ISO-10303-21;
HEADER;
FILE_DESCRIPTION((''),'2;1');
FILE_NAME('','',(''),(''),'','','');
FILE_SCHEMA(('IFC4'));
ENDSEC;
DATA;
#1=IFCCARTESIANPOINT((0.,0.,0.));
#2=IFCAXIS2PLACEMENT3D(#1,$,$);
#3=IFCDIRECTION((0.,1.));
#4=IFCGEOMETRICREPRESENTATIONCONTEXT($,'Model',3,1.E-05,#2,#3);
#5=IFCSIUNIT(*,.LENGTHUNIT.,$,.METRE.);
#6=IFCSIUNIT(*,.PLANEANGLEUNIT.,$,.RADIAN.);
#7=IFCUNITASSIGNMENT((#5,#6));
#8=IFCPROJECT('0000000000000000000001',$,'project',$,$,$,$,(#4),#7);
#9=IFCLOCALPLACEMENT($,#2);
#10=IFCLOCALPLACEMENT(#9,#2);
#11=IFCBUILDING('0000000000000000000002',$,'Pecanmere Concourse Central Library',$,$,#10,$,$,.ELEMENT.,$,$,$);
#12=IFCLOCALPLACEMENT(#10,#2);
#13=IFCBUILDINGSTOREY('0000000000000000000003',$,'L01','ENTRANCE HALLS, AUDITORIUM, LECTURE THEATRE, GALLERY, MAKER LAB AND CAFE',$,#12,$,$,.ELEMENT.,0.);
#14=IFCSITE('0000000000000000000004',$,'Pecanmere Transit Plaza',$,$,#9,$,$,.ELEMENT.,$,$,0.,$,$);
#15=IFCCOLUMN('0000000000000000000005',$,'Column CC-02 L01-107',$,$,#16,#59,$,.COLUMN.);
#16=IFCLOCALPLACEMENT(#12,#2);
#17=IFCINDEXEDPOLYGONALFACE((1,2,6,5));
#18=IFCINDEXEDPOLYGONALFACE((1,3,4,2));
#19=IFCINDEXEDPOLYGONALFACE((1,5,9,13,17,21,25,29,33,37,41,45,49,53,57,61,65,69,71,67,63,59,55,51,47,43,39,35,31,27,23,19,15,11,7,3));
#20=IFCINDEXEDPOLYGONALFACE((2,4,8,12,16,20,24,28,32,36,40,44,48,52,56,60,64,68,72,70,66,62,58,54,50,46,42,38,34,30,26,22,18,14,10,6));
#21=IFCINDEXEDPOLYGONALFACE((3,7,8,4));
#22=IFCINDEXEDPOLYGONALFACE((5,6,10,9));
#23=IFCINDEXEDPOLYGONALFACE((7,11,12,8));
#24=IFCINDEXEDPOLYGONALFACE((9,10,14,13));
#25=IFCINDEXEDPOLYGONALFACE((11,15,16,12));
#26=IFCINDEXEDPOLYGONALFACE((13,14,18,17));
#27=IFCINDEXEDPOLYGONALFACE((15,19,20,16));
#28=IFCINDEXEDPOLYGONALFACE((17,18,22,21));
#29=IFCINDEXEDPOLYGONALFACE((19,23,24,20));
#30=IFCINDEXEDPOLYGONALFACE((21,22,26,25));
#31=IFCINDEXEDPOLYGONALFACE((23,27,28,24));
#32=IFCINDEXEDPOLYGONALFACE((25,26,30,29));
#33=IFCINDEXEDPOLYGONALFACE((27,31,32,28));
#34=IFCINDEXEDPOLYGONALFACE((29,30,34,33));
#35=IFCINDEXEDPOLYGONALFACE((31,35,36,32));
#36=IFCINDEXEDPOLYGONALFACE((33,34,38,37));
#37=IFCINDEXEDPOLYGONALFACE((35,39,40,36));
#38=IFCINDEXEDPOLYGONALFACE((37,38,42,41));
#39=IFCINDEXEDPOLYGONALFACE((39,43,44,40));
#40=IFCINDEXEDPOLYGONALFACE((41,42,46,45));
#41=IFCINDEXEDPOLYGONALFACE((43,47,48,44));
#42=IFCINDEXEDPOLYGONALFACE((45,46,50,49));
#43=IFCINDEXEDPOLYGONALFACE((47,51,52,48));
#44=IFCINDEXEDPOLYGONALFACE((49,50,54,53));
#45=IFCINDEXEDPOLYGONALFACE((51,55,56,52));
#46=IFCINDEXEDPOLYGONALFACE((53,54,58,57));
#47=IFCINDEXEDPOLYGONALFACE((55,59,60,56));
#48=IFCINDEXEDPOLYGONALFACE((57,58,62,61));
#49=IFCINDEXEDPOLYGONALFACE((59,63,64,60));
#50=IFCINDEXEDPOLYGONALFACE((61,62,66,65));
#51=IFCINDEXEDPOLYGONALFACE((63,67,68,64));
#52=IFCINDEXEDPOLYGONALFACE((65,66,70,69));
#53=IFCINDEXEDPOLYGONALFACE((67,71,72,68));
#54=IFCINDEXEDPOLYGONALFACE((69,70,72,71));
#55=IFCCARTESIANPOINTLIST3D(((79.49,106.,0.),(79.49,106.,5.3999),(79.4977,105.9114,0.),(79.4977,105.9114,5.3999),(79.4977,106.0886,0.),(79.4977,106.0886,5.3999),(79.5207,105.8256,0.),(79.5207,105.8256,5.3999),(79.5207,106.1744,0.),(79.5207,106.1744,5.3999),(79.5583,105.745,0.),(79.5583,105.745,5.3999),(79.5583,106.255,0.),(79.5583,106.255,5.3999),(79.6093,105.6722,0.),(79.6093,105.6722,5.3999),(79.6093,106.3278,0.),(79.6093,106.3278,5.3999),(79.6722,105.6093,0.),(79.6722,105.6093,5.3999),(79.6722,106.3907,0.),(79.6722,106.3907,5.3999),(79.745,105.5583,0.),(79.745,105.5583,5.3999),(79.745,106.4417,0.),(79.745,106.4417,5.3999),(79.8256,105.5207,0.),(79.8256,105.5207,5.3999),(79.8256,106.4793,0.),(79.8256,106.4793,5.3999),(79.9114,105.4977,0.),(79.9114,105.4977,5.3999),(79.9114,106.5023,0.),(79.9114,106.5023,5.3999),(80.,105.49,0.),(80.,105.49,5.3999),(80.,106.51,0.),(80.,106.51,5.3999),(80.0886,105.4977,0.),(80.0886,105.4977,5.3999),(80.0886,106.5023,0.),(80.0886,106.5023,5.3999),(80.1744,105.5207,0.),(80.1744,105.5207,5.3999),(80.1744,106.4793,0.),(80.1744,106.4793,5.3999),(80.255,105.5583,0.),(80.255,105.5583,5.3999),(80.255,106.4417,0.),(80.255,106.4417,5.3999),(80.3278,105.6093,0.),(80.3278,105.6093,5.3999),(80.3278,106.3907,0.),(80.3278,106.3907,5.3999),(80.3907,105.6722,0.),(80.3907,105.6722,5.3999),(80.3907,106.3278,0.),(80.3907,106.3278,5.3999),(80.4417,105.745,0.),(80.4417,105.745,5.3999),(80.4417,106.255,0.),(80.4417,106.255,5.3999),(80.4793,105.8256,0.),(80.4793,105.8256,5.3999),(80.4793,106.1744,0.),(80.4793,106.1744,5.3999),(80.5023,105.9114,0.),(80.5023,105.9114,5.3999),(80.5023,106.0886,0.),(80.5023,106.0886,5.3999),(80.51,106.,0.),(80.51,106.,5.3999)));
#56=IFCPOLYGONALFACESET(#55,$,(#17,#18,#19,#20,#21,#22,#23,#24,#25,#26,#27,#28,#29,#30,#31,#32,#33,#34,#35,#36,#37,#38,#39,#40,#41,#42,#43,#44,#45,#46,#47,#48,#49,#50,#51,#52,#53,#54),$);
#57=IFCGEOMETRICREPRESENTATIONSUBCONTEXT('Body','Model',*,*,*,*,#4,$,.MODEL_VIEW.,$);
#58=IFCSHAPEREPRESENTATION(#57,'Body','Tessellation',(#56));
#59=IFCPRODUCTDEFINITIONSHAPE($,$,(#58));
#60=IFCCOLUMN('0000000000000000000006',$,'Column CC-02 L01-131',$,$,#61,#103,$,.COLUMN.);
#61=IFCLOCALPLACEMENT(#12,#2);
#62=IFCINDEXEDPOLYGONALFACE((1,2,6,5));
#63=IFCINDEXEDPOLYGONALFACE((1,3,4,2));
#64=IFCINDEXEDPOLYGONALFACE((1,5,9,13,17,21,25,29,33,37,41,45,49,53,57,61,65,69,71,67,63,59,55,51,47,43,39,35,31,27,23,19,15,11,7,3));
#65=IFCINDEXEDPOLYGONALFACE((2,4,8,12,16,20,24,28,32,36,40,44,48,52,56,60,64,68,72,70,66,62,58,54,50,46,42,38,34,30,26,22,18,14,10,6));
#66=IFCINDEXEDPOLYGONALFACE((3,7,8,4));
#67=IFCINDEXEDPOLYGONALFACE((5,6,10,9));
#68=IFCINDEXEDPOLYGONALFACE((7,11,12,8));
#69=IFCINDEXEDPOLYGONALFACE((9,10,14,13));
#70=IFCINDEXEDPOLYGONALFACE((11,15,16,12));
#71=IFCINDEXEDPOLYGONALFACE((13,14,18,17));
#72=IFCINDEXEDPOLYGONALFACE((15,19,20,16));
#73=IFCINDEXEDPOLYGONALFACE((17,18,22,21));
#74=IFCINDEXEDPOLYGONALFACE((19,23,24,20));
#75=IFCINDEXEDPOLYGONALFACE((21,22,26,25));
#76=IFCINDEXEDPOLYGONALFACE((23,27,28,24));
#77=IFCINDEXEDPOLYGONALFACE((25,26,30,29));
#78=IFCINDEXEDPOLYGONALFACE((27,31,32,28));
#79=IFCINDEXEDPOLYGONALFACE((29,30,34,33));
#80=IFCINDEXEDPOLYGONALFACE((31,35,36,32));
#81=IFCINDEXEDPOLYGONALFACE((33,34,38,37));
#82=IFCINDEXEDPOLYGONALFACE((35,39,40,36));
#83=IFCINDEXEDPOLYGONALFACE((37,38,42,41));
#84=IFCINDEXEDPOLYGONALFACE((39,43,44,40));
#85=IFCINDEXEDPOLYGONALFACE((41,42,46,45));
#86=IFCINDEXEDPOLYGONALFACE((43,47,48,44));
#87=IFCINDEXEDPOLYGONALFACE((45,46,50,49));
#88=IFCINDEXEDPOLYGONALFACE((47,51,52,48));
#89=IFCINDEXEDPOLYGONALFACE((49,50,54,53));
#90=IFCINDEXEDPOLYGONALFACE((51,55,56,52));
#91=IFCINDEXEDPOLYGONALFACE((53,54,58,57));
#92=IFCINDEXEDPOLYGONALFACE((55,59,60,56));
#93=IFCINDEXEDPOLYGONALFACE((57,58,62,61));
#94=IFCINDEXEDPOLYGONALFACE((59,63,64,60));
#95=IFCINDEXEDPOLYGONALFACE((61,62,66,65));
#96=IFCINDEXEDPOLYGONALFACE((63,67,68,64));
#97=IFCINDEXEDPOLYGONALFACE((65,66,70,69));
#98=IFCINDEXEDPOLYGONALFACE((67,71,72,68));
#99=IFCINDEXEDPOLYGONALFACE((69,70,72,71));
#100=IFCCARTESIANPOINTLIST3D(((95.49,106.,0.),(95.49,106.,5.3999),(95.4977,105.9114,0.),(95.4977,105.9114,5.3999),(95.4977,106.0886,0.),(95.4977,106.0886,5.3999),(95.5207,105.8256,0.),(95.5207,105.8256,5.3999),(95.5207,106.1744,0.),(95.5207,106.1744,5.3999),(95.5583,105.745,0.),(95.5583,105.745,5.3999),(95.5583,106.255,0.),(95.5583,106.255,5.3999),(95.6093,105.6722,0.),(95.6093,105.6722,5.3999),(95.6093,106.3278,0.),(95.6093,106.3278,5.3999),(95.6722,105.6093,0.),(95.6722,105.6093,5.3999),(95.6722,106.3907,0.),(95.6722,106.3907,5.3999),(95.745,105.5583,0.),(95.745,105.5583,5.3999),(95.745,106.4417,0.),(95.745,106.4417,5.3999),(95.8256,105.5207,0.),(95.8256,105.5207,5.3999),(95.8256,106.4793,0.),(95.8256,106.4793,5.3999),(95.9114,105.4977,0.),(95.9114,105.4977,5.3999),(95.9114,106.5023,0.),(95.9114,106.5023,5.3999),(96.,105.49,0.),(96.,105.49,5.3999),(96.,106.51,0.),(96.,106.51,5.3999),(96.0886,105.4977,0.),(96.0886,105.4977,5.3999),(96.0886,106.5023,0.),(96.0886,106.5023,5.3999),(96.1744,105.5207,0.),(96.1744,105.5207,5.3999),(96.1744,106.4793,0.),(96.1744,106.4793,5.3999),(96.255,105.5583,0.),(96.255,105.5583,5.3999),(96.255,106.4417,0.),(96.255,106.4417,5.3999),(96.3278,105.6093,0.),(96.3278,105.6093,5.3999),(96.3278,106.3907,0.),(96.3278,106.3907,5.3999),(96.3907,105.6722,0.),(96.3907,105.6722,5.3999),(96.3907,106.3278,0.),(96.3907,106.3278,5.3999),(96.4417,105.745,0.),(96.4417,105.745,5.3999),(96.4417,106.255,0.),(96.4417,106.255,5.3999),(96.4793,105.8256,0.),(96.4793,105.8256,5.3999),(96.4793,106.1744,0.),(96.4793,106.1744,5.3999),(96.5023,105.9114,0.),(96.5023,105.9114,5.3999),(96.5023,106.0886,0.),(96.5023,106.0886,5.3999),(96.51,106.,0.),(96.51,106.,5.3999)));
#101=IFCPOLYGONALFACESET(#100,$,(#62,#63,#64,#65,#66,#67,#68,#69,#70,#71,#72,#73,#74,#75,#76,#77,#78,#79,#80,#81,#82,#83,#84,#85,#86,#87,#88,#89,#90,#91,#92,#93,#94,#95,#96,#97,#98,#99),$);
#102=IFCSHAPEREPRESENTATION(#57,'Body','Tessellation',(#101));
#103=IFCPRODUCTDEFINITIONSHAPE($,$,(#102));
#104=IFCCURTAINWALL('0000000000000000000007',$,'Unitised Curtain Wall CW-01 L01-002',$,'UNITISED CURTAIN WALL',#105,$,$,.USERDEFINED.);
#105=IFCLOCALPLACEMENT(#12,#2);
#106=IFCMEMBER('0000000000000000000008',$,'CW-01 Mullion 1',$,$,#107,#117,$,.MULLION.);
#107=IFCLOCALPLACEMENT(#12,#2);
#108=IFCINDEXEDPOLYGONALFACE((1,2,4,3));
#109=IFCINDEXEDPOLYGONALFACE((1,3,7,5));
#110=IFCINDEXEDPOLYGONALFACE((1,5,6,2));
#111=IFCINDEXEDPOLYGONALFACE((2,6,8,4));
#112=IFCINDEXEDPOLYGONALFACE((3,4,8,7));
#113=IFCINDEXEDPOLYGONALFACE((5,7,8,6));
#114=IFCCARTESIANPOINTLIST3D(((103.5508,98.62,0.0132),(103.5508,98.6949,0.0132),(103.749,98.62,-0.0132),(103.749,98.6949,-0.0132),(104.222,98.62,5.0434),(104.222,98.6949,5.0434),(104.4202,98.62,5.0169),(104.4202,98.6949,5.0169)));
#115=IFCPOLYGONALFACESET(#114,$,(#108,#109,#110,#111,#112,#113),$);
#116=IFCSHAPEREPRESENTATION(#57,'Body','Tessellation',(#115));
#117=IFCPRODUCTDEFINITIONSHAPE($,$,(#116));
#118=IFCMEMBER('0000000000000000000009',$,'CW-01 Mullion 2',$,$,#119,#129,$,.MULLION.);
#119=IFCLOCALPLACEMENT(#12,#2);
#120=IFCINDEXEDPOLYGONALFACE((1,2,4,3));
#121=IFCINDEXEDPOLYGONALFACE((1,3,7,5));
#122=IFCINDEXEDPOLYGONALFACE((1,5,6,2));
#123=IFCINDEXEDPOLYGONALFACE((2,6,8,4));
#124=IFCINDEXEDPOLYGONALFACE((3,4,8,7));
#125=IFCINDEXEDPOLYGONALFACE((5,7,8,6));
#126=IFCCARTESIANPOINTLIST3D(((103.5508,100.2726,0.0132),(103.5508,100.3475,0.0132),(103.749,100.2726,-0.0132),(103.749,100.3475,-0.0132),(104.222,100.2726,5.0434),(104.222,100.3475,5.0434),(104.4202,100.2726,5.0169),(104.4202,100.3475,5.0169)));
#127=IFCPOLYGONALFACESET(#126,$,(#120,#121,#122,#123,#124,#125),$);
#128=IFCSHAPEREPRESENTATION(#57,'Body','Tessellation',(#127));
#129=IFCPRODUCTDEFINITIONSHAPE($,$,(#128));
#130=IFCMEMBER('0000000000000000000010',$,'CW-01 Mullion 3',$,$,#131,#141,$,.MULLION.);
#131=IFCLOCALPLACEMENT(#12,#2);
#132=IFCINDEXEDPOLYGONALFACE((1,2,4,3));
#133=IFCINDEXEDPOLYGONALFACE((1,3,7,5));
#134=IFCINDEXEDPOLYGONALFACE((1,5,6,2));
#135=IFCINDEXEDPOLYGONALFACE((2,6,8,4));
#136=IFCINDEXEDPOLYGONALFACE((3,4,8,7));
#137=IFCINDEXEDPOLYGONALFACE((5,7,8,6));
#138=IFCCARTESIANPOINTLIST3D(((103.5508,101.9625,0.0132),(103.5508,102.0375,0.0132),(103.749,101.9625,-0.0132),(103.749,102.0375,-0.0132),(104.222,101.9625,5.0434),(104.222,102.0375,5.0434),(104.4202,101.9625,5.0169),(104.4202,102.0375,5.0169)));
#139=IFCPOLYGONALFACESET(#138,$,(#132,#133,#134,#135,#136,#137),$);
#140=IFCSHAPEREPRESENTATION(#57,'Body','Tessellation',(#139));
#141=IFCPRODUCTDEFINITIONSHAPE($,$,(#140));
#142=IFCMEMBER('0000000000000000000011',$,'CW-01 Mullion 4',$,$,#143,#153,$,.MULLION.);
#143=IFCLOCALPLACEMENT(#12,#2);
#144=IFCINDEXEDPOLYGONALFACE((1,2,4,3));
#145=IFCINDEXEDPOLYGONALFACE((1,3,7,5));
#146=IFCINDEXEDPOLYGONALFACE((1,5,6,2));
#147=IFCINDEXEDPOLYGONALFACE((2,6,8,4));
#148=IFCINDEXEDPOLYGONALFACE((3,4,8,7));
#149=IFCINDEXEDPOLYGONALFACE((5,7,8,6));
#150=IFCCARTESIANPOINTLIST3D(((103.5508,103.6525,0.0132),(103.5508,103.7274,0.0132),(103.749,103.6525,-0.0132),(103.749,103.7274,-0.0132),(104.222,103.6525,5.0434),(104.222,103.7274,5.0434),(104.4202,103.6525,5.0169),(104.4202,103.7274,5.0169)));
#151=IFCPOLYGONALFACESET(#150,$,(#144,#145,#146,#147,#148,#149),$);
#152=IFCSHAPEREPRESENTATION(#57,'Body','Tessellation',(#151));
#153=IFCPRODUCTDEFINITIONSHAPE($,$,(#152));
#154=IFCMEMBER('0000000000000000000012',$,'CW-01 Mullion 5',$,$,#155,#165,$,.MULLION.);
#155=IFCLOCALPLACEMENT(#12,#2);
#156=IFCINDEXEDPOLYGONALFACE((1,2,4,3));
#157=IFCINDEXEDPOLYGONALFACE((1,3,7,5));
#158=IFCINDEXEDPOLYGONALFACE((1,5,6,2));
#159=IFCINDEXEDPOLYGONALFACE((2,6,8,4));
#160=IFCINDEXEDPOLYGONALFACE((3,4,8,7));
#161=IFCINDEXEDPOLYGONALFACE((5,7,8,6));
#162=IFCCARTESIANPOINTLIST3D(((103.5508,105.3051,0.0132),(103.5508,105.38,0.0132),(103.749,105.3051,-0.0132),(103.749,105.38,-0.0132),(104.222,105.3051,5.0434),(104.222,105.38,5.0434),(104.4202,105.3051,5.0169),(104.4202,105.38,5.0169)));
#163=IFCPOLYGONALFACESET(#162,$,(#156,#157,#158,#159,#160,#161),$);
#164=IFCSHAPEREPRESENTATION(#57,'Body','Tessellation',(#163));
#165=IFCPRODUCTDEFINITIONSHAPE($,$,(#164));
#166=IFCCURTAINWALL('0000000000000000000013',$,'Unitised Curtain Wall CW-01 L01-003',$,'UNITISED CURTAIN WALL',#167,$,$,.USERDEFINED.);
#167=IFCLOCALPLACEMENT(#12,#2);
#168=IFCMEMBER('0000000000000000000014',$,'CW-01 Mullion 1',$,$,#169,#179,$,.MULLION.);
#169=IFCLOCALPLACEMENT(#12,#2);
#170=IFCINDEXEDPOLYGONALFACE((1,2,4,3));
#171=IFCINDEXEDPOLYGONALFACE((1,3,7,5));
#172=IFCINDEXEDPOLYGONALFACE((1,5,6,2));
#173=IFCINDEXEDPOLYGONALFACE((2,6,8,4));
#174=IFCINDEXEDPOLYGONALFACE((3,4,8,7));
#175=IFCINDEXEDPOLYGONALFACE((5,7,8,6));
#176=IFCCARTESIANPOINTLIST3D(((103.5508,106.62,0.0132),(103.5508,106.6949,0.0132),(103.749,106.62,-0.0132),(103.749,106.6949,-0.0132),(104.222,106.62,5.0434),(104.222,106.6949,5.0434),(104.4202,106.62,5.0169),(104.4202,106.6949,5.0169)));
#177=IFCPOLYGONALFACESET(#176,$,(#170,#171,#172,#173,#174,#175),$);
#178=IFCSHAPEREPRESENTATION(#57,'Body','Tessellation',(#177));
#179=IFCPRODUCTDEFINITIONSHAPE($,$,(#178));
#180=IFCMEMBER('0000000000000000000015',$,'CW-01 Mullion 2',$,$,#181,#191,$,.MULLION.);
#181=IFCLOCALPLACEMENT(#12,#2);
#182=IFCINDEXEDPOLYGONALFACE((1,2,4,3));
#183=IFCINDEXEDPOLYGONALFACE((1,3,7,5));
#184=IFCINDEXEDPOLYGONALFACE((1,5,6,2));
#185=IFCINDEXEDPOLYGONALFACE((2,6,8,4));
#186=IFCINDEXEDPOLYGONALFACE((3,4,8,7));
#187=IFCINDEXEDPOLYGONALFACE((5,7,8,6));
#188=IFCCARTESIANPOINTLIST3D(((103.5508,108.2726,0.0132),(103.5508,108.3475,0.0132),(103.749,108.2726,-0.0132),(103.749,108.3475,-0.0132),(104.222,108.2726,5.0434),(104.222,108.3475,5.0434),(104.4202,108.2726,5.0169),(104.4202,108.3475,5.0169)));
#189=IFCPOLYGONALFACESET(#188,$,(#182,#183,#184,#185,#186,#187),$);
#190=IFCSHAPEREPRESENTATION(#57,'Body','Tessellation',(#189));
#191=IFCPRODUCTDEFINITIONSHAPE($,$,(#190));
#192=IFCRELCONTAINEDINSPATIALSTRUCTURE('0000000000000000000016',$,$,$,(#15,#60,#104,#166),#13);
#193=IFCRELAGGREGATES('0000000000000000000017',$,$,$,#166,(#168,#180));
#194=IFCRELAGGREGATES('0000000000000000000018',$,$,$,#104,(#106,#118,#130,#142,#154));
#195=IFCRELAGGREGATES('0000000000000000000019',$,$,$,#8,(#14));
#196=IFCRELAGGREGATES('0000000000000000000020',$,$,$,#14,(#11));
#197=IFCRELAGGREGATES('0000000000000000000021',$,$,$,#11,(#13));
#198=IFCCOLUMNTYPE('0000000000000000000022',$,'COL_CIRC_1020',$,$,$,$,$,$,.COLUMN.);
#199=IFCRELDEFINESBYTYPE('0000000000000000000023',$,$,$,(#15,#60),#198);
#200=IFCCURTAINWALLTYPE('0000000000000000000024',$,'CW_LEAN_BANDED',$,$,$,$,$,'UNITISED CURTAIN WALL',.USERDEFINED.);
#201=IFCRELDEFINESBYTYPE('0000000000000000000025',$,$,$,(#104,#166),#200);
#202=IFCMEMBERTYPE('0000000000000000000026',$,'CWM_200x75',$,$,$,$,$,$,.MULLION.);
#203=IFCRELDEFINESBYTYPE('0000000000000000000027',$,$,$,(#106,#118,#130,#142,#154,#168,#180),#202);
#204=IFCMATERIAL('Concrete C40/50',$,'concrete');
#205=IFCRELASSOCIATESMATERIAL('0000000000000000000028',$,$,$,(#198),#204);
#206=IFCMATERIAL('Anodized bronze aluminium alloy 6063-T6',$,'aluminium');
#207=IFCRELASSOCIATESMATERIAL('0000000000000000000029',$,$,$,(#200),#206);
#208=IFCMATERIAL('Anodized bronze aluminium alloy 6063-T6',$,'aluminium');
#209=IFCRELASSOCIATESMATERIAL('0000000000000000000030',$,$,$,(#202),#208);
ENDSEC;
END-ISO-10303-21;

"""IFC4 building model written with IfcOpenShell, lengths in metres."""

from ifc_helpers import new_model, si_unit, direction, frame, origin, origin_2d, place, context, subcontext, project, spatial, rectangle, circle, extrude, material, material_profile, profile_set, type_object, element, aggregate, save


model = new_model("IFC4")

# Units and contexts
model_context = context("Model", 3, precision=1e-05, world=origin(), true_north=direction((0.0, 1.0)))
body_context = subcontext(model_context, "Body", "Model", "MODEL_VIEW")
ifc_project = project(units=[si_unit("LENGTHUNIT", "METRE"), si_unit("PLANEANGLEUNIT", "RADIAN")], contexts=[model_context])

# Site, building, storey
site_placement = place(None, origin())
site = spatial("IfcSite", under=ifc_project, at=site_placement, Name="Pecanmere Transit Plaza", CompositionType="ELEMENT", RefElevation=0.0)
building_placement = place(site_placement, origin())
building = spatial("IfcBuilding", under=site, at=building_placement, Name="Pecanmere Concourse Central Library", CompositionType="ELEMENT")
storey_placement = place(building_placement, origin())
storey = spatial("IfcBuildingStorey", under=building, at=storey_placement, Name="L01", Description="ENTRANCE HALLS, AUDITORIUM, LECTURE THEATRE, GALLERY, MAKER LAB AND CAFE", CompositionType="ELEMENT", Elevation=0.0)

# Columns
ifc_material_1 = material(Name="Concrete C40/50", Category="concrete")
ifc_material_profile_1 = material_profile(ifc_material_1, circle(Radius=0.51, at=origin_2d()), Name="RC D1020")
ifc_profile_set_1 = profile_set([ifc_material_profile_1], Name="Concrete C40/50")
column_type = type_object("IfcColumnType", Name="COL_CIRC_1020", PredefinedType="COLUMN", material=ifc_profile_set_1)
for number, where, z_axis, x_axis, name in (
    (1, (80.0, 106.0, 0.0), (0.0, 0.0, 1.0), (1.0, 0.0, 0.0), "Column CC-02 L01-107"),
    (2, (96.0, 106.0, 0.0), (0.0, 0.0, 1.0), (1.0, 0.0, 0.0), "Column CC-02 L01-131"),
):
    element("IfcColumn", number, at=place(storey_placement, frame(where, z_axis=z_axis, x_axis=x_axis)), inside=storey, type_object=column_type, Name=name, PredefinedType="COLUMN", context=body_context, shape_type="SweptSolid", body=[
        extrude(circle(Radius=0.51, at=origin_2d()), origin(), (0.0, 0.0, 1.0), 5.3999),
    ])

# Curtain walls, members
ifc_material_2 = material(Name="Anodized bronze aluminium alloy 6063-T6", Category="aluminium")
curtain_wall_type = type_object("IfcCurtainWallType", Name="CW_LEAN_BANDED", ElementType="UNITISED CURTAIN WALL", PredefinedType="USERDEFINED", material=ifc_material_2)
curtain_wall_1_placement = place(storey_placement, origin())
curtain_wall_1 = element("IfcCurtainWall", 3, at=curtain_wall_1_placement, inside=storey, type_object=curtain_wall_type, Name="Unitised Curtain Wall CW-01 L01-002", ObjectType="UNITISED CURTAIN WALL", PredefinedType="USERDEFINED")
ifc_material_3 = material(Name="Anodized bronze aluminium alloy 6063-T6", Category="aluminium")
ifc_material_profile_2 = material_profile(ifc_material_3, rectangle(XDim=0.075, YDim=0.2, at=origin_2d()), Name="AL 75x200")
ifc_profile_set_2 = profile_set([ifc_material_profile_2], Name="Anodized bronze aluminium alloy 6063-T6")
member_type_1 = type_object("IfcMemberType", Name="CWM_200x75", PredefinedType="MULLION", material=ifc_profile_set_2)
member_1_placement = place(storey_placement, frame((103.6499, 98.6575, 0.0), z_axis=(0.132255, 0.0, 0.991216), x_axis=(0.0, 1.0, 0.0)))
member_1 = element("IfcMember", 4, at=member_1_placement, type_object=member_type_1, Name="CW-01 Mullion 1", PredefinedType="MULLION", context=body_context, shape_type="SweptSolid", body=[
    extrude(rectangle(XDim=0.075, YDim=0.2, at=origin_2d()), origin(), (0.0, 0.0, 1.0), 5.0747),
])
member_2_placement = place(storey_placement, frame((103.6499, 100.3101, 0.0), z_axis=(0.132255, 0.0, 0.991216), x_axis=(0.0, 1.0, 0.0)))
member_2 = element("IfcMember", 5, at=member_2_placement, type_object=member_type_1, Name="CW-01 Mullion 2", PredefinedType="MULLION", context=body_context, shape_type="SweptSolid", body=[
    extrude(rectangle(XDim=0.075, YDim=0.2, at=origin_2d()), origin(), (0.0, 0.0, 1.0), 5.0747),
])
member_3_placement = place(storey_placement, frame((103.6499, 102.0, 0.0), z_axis=(0.132255, 0.0, 0.991216), x_axis=(0.0, 1.0, 0.0)))
member_3 = element("IfcMember", 6, at=member_3_placement, type_object=member_type_1, Name="CW-01 Mullion 3", PredefinedType="MULLION", context=body_context, shape_type="SweptSolid", body=[
    extrude(rectangle(XDim=0.075, YDim=0.2, at=origin_2d()), origin(), (0.0, 0.0, 1.0), 5.0747),
])
member_4_placement = place(storey_placement, frame((103.6499, 103.6899, 0.0), z_axis=(0.132255, 0.0, 0.991216), x_axis=(0.0, 1.0, 0.0)))
member_4 = element("IfcMember", 7, at=member_4_placement, type_object=member_type_1, Name="CW-01 Mullion 4", PredefinedType="MULLION", context=body_context, shape_type="SweptSolid", body=[
    extrude(rectangle(XDim=0.075, YDim=0.2, at=origin_2d()), origin(), (0.0, 0.0, 1.0), 5.0747),
])
member_5_placement = place(storey_placement, frame((103.6499, 105.3425, 0.0), z_axis=(0.132255, 0.0, 0.991216), x_axis=(0.0, 1.0, 0.0)))
member_5 = element("IfcMember", 8, at=member_5_placement, type_object=member_type_1, Name="CW-01 Mullion 5", PredefinedType="MULLION", context=body_context, shape_type="SweptSolid", body=[
    extrude(rectangle(XDim=0.075, YDim=0.2, at=origin_2d()), origin(), (0.0, 0.0, 1.0), 5.0747),
])
curtain_wall_2_placement = place(storey_placement, origin())
curtain_wall_2 = element("IfcCurtainWall", 9, at=curtain_wall_2_placement, inside=storey, type_object=curtain_wall_type, Name="Unitised Curtain Wall CW-01 L01-003", ObjectType="UNITISED CURTAIN WALL", PredefinedType="USERDEFINED")
member_6_placement = place(storey_placement, frame((103.6499, 106.6575, 0.0), z_axis=(0.132255, 0.0, 0.991216), x_axis=(0.0, 1.0, 0.0)))
member_6 = element("IfcMember", 10, at=member_6_placement, type_object=member_type_1, Name="CW-01 Mullion 1", PredefinedType="MULLION", context=body_context, shape_type="SweptSolid", body=[
    extrude(rectangle(XDim=0.075, YDim=0.2, at=origin_2d()), origin(), (0.0, 0.0, 1.0), 5.0747),
])
member_7_placement = place(storey_placement, frame((103.6499, 108.3101, 0.0), z_axis=(0.132255, 0.0, 0.991216), x_axis=(0.0, 1.0, 0.0)))
member_7 = element("IfcMember", 11, at=member_7_placement, type_object=member_type_1, Name="CW-01 Mullion 2", PredefinedType="MULLION", context=body_context, shape_type="SweptSolid", body=[
    extrude(rectangle(XDim=0.075, YDim=0.2, at=origin_2d()), origin(), (0.0, 0.0, 1.0), 5.0747),
])
aggregate(curtain_wall_2, [member_6, member_7])

aggregate(curtain_wall_1, [member_1, member_2, member_3, member_4, member_5])

save(model, "model.ifc")
